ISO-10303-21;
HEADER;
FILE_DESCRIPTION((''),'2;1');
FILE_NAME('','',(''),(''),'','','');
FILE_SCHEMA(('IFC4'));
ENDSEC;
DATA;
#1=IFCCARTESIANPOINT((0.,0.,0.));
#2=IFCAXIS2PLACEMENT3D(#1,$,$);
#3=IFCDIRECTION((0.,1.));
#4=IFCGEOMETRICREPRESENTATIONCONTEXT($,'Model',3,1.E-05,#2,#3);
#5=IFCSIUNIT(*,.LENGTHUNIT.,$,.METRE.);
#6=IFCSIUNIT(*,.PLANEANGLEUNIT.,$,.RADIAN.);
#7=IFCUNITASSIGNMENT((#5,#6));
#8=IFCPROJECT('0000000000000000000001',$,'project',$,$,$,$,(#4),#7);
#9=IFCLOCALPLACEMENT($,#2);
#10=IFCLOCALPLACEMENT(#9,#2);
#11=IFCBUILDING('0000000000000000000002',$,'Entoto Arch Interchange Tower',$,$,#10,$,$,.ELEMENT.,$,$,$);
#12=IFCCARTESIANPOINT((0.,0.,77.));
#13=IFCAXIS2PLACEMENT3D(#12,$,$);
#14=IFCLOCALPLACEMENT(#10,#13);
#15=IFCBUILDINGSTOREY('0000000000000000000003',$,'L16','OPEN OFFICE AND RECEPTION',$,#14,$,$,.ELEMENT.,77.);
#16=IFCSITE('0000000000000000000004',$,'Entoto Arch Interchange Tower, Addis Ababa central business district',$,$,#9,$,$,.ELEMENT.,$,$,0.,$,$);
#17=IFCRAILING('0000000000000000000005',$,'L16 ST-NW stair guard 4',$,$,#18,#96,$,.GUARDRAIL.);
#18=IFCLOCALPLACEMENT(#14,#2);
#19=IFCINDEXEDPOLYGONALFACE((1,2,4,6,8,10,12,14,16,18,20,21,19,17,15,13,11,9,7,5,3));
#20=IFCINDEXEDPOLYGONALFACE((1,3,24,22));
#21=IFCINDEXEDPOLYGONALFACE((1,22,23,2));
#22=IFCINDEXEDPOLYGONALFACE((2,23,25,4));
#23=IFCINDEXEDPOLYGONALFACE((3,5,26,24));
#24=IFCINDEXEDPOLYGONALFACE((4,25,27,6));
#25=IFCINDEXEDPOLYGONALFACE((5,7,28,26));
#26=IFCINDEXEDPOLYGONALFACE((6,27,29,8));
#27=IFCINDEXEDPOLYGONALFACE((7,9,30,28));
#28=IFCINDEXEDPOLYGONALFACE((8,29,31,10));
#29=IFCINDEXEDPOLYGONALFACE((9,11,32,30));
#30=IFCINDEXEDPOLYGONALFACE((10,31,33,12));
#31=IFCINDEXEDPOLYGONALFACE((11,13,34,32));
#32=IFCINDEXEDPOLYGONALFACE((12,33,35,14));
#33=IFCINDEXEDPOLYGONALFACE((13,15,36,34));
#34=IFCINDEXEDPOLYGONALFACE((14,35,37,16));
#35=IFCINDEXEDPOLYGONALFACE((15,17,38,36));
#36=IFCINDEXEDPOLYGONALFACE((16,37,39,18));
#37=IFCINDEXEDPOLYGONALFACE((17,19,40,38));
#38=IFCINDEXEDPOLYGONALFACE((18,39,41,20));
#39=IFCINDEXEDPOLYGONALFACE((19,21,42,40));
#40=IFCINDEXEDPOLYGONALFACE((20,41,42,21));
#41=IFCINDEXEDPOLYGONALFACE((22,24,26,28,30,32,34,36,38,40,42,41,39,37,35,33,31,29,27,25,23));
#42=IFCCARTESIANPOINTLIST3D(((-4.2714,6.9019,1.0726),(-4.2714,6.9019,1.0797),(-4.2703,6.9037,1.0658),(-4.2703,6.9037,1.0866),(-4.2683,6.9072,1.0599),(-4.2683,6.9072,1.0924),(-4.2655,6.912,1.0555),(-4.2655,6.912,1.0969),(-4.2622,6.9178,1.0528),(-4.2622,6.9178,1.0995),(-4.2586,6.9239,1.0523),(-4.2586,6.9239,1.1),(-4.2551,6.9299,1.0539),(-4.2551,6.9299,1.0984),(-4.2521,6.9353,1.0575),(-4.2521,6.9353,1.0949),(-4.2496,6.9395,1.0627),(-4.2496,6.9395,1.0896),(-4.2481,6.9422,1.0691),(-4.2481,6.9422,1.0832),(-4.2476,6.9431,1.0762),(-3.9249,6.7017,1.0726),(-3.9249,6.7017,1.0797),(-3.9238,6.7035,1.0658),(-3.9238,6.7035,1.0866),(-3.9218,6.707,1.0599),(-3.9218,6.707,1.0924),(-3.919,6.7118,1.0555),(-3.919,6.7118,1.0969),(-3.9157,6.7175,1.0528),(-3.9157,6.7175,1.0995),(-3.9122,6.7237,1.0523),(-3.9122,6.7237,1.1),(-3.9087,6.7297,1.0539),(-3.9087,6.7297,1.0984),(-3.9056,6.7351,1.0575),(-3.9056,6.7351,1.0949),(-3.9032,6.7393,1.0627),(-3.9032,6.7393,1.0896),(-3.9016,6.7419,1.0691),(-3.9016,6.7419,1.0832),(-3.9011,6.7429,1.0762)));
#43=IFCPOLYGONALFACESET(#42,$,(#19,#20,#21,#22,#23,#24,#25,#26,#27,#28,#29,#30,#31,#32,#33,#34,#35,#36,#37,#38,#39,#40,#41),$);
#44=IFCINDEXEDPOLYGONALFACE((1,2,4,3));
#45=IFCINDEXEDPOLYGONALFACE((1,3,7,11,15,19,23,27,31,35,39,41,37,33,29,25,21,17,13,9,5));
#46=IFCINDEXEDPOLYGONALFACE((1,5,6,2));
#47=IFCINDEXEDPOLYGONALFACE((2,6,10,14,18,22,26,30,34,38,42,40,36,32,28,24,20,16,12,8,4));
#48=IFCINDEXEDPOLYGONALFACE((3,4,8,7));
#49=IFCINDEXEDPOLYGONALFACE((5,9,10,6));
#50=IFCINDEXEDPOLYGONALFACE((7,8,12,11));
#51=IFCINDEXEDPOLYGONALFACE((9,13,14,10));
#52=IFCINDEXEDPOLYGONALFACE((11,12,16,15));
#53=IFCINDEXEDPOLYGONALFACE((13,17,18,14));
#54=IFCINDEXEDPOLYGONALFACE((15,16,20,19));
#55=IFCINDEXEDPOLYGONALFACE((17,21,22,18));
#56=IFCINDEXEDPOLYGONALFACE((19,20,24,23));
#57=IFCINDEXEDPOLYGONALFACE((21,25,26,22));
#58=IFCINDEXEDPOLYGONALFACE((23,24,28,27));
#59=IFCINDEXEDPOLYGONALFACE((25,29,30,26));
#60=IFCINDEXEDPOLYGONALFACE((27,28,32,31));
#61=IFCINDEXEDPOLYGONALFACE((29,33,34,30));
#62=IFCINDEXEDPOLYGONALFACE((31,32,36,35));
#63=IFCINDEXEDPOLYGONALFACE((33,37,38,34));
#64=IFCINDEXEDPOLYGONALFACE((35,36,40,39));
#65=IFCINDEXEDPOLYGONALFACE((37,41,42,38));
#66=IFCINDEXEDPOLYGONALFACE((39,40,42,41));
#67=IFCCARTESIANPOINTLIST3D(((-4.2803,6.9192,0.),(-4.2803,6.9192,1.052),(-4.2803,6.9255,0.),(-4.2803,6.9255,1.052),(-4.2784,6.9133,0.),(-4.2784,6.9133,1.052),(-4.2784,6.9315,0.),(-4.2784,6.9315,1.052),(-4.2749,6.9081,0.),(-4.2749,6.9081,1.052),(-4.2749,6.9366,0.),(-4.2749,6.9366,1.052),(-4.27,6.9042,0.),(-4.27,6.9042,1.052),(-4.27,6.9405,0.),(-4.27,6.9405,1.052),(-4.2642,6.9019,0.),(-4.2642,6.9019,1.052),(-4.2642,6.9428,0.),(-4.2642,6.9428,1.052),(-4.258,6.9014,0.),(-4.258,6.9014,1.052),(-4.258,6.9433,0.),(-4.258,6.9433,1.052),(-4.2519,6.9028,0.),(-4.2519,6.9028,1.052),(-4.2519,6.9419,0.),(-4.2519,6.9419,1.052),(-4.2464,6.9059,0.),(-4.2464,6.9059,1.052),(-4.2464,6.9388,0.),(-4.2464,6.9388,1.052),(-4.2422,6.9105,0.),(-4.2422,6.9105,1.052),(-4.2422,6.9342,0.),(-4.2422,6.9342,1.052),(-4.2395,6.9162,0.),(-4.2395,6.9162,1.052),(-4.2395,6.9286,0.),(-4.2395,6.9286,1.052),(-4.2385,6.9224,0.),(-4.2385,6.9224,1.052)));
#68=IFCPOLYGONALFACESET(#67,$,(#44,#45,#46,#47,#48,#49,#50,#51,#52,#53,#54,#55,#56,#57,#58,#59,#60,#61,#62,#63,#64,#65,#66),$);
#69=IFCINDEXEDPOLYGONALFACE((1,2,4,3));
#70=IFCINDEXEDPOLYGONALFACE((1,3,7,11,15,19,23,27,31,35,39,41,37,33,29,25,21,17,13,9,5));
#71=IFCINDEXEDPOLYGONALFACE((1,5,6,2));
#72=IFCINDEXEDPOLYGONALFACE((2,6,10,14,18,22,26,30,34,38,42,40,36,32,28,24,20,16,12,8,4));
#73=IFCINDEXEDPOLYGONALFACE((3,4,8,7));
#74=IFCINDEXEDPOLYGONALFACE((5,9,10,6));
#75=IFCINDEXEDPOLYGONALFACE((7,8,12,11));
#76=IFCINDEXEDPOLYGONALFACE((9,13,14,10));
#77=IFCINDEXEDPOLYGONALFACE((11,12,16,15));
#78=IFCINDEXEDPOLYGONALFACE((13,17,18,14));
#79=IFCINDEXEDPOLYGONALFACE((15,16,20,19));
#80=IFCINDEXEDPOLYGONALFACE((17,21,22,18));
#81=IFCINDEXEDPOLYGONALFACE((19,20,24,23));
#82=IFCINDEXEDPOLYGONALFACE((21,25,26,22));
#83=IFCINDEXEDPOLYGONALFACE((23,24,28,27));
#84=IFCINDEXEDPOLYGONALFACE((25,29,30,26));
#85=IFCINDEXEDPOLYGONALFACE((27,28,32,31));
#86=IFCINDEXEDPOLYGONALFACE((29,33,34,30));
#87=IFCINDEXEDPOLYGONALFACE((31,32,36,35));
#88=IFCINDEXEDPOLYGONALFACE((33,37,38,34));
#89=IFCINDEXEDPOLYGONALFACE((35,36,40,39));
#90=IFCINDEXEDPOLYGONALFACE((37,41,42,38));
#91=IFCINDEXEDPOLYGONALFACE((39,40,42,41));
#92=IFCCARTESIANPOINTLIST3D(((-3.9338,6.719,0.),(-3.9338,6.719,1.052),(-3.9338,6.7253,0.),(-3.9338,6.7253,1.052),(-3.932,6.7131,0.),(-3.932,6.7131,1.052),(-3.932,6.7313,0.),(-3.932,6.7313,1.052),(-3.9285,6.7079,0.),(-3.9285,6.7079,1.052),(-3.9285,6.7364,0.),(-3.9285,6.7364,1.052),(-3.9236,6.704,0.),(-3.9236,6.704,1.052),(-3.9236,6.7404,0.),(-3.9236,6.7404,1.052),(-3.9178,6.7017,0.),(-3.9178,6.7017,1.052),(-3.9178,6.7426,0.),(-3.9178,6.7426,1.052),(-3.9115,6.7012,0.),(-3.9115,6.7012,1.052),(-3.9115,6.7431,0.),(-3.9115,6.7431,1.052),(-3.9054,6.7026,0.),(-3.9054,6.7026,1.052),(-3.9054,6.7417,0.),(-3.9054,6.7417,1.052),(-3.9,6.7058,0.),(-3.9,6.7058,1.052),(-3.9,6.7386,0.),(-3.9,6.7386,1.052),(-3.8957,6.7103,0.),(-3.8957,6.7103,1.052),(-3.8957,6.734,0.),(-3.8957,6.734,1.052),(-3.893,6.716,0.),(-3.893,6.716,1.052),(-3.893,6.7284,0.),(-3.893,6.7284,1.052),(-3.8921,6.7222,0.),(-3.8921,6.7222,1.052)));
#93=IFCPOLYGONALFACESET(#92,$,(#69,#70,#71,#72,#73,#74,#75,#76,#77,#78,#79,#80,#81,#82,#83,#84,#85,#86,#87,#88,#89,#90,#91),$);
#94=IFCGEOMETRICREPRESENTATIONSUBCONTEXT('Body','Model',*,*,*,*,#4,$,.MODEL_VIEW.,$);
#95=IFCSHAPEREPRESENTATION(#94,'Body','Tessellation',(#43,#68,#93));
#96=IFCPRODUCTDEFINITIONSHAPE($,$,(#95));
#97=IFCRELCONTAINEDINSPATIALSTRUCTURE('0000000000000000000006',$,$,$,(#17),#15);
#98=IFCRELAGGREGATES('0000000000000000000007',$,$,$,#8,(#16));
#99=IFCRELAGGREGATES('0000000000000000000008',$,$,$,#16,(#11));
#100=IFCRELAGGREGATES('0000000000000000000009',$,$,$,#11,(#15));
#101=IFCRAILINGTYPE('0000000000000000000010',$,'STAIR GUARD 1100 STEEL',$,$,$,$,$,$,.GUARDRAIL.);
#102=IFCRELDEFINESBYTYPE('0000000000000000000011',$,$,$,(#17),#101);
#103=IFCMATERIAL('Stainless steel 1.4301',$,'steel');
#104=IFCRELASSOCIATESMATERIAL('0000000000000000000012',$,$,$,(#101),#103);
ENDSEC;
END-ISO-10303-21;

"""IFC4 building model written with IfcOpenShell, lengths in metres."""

from ifc_helpers import new_model, si_unit, direction, frame, origin, origin_2d, place, context, subcontext, project, spatial, circle, extrude, material, type_object, element, save


model = new_model("IFC4")

# Units and contexts
model_context = context("Model", 3, precision=1e-05, world=origin(), true_north=direction((0.0, 1.0)))
body_context = subcontext(model_context, "Body", "Model", "MODEL_VIEW")
ifc_project = project(units=[si_unit("LENGTHUNIT", "METRE"), si_unit("PLANEANGLEUNIT", "RADIAN")], contexts=[model_context])

# Site, building, storey
site_placement = place(None, origin())
site = spatial("IfcSite", under=ifc_project, at=site_placement, Name="Entoto Arch Interchange Tower, Addis Ababa central business district", CompositionType="ELEMENT", RefElevation=0.0)
building_placement = place(site_placement, origin())
building = spatial("IfcBuilding", under=site, at=building_placement, Name="Entoto Arch Interchange Tower", CompositionType="ELEMENT")
storey_placement = place(building_placement, frame((0.0, 0.0, 77.0)))
storey = spatial("IfcBuildingStorey", under=building, at=storey_placement, Name="L16", Description="OPEN OFFICE AND RECEPTION", CompositionType="ELEMENT", Elevation=77.0)

# Railing
ifc_material_1 = material(Name="Stainless steel 1.4301", Category="steel")
railing_type_1 = type_object("IfcRailingType", Name="STAIR GUARD 1100 STEEL", PredefinedType="GUARDRAIL", material=ifc_material_1)
railing_1_placement = place(storey_placement, frame((-4.2595, 6.9224, 0.0)))
element("IfcRailing", 1, at=railing_1_placement, inside=storey, type_object=railing_type_1, Name="L16 ST-NW stair guard 4", PredefinedType="GUARDRAIL", context=body_context, shape_type="SweptSolid", body=[
    extrude(circle(Radius=0.0239, at=origin_2d()), frame((0.0, 0.0, 1.0762), z_axis=(0.86583, -0.500339, 0.0), x_axis=(0.500339, 0.86583, 0.0)), (0.0, 0.0, 1.0), 0.4001),
    extrude(circle(Radius=0.021, at=origin_2d()), origin(), (0.0, 0.0, 1.0), 1.052),
    extrude(circle(Radius=0.021, at=origin_2d()), frame((0.3464, -0.2002, 0.0)), (0.0, 0.0, 1.0), 1.052),
])

save(model, "model.ifc")
